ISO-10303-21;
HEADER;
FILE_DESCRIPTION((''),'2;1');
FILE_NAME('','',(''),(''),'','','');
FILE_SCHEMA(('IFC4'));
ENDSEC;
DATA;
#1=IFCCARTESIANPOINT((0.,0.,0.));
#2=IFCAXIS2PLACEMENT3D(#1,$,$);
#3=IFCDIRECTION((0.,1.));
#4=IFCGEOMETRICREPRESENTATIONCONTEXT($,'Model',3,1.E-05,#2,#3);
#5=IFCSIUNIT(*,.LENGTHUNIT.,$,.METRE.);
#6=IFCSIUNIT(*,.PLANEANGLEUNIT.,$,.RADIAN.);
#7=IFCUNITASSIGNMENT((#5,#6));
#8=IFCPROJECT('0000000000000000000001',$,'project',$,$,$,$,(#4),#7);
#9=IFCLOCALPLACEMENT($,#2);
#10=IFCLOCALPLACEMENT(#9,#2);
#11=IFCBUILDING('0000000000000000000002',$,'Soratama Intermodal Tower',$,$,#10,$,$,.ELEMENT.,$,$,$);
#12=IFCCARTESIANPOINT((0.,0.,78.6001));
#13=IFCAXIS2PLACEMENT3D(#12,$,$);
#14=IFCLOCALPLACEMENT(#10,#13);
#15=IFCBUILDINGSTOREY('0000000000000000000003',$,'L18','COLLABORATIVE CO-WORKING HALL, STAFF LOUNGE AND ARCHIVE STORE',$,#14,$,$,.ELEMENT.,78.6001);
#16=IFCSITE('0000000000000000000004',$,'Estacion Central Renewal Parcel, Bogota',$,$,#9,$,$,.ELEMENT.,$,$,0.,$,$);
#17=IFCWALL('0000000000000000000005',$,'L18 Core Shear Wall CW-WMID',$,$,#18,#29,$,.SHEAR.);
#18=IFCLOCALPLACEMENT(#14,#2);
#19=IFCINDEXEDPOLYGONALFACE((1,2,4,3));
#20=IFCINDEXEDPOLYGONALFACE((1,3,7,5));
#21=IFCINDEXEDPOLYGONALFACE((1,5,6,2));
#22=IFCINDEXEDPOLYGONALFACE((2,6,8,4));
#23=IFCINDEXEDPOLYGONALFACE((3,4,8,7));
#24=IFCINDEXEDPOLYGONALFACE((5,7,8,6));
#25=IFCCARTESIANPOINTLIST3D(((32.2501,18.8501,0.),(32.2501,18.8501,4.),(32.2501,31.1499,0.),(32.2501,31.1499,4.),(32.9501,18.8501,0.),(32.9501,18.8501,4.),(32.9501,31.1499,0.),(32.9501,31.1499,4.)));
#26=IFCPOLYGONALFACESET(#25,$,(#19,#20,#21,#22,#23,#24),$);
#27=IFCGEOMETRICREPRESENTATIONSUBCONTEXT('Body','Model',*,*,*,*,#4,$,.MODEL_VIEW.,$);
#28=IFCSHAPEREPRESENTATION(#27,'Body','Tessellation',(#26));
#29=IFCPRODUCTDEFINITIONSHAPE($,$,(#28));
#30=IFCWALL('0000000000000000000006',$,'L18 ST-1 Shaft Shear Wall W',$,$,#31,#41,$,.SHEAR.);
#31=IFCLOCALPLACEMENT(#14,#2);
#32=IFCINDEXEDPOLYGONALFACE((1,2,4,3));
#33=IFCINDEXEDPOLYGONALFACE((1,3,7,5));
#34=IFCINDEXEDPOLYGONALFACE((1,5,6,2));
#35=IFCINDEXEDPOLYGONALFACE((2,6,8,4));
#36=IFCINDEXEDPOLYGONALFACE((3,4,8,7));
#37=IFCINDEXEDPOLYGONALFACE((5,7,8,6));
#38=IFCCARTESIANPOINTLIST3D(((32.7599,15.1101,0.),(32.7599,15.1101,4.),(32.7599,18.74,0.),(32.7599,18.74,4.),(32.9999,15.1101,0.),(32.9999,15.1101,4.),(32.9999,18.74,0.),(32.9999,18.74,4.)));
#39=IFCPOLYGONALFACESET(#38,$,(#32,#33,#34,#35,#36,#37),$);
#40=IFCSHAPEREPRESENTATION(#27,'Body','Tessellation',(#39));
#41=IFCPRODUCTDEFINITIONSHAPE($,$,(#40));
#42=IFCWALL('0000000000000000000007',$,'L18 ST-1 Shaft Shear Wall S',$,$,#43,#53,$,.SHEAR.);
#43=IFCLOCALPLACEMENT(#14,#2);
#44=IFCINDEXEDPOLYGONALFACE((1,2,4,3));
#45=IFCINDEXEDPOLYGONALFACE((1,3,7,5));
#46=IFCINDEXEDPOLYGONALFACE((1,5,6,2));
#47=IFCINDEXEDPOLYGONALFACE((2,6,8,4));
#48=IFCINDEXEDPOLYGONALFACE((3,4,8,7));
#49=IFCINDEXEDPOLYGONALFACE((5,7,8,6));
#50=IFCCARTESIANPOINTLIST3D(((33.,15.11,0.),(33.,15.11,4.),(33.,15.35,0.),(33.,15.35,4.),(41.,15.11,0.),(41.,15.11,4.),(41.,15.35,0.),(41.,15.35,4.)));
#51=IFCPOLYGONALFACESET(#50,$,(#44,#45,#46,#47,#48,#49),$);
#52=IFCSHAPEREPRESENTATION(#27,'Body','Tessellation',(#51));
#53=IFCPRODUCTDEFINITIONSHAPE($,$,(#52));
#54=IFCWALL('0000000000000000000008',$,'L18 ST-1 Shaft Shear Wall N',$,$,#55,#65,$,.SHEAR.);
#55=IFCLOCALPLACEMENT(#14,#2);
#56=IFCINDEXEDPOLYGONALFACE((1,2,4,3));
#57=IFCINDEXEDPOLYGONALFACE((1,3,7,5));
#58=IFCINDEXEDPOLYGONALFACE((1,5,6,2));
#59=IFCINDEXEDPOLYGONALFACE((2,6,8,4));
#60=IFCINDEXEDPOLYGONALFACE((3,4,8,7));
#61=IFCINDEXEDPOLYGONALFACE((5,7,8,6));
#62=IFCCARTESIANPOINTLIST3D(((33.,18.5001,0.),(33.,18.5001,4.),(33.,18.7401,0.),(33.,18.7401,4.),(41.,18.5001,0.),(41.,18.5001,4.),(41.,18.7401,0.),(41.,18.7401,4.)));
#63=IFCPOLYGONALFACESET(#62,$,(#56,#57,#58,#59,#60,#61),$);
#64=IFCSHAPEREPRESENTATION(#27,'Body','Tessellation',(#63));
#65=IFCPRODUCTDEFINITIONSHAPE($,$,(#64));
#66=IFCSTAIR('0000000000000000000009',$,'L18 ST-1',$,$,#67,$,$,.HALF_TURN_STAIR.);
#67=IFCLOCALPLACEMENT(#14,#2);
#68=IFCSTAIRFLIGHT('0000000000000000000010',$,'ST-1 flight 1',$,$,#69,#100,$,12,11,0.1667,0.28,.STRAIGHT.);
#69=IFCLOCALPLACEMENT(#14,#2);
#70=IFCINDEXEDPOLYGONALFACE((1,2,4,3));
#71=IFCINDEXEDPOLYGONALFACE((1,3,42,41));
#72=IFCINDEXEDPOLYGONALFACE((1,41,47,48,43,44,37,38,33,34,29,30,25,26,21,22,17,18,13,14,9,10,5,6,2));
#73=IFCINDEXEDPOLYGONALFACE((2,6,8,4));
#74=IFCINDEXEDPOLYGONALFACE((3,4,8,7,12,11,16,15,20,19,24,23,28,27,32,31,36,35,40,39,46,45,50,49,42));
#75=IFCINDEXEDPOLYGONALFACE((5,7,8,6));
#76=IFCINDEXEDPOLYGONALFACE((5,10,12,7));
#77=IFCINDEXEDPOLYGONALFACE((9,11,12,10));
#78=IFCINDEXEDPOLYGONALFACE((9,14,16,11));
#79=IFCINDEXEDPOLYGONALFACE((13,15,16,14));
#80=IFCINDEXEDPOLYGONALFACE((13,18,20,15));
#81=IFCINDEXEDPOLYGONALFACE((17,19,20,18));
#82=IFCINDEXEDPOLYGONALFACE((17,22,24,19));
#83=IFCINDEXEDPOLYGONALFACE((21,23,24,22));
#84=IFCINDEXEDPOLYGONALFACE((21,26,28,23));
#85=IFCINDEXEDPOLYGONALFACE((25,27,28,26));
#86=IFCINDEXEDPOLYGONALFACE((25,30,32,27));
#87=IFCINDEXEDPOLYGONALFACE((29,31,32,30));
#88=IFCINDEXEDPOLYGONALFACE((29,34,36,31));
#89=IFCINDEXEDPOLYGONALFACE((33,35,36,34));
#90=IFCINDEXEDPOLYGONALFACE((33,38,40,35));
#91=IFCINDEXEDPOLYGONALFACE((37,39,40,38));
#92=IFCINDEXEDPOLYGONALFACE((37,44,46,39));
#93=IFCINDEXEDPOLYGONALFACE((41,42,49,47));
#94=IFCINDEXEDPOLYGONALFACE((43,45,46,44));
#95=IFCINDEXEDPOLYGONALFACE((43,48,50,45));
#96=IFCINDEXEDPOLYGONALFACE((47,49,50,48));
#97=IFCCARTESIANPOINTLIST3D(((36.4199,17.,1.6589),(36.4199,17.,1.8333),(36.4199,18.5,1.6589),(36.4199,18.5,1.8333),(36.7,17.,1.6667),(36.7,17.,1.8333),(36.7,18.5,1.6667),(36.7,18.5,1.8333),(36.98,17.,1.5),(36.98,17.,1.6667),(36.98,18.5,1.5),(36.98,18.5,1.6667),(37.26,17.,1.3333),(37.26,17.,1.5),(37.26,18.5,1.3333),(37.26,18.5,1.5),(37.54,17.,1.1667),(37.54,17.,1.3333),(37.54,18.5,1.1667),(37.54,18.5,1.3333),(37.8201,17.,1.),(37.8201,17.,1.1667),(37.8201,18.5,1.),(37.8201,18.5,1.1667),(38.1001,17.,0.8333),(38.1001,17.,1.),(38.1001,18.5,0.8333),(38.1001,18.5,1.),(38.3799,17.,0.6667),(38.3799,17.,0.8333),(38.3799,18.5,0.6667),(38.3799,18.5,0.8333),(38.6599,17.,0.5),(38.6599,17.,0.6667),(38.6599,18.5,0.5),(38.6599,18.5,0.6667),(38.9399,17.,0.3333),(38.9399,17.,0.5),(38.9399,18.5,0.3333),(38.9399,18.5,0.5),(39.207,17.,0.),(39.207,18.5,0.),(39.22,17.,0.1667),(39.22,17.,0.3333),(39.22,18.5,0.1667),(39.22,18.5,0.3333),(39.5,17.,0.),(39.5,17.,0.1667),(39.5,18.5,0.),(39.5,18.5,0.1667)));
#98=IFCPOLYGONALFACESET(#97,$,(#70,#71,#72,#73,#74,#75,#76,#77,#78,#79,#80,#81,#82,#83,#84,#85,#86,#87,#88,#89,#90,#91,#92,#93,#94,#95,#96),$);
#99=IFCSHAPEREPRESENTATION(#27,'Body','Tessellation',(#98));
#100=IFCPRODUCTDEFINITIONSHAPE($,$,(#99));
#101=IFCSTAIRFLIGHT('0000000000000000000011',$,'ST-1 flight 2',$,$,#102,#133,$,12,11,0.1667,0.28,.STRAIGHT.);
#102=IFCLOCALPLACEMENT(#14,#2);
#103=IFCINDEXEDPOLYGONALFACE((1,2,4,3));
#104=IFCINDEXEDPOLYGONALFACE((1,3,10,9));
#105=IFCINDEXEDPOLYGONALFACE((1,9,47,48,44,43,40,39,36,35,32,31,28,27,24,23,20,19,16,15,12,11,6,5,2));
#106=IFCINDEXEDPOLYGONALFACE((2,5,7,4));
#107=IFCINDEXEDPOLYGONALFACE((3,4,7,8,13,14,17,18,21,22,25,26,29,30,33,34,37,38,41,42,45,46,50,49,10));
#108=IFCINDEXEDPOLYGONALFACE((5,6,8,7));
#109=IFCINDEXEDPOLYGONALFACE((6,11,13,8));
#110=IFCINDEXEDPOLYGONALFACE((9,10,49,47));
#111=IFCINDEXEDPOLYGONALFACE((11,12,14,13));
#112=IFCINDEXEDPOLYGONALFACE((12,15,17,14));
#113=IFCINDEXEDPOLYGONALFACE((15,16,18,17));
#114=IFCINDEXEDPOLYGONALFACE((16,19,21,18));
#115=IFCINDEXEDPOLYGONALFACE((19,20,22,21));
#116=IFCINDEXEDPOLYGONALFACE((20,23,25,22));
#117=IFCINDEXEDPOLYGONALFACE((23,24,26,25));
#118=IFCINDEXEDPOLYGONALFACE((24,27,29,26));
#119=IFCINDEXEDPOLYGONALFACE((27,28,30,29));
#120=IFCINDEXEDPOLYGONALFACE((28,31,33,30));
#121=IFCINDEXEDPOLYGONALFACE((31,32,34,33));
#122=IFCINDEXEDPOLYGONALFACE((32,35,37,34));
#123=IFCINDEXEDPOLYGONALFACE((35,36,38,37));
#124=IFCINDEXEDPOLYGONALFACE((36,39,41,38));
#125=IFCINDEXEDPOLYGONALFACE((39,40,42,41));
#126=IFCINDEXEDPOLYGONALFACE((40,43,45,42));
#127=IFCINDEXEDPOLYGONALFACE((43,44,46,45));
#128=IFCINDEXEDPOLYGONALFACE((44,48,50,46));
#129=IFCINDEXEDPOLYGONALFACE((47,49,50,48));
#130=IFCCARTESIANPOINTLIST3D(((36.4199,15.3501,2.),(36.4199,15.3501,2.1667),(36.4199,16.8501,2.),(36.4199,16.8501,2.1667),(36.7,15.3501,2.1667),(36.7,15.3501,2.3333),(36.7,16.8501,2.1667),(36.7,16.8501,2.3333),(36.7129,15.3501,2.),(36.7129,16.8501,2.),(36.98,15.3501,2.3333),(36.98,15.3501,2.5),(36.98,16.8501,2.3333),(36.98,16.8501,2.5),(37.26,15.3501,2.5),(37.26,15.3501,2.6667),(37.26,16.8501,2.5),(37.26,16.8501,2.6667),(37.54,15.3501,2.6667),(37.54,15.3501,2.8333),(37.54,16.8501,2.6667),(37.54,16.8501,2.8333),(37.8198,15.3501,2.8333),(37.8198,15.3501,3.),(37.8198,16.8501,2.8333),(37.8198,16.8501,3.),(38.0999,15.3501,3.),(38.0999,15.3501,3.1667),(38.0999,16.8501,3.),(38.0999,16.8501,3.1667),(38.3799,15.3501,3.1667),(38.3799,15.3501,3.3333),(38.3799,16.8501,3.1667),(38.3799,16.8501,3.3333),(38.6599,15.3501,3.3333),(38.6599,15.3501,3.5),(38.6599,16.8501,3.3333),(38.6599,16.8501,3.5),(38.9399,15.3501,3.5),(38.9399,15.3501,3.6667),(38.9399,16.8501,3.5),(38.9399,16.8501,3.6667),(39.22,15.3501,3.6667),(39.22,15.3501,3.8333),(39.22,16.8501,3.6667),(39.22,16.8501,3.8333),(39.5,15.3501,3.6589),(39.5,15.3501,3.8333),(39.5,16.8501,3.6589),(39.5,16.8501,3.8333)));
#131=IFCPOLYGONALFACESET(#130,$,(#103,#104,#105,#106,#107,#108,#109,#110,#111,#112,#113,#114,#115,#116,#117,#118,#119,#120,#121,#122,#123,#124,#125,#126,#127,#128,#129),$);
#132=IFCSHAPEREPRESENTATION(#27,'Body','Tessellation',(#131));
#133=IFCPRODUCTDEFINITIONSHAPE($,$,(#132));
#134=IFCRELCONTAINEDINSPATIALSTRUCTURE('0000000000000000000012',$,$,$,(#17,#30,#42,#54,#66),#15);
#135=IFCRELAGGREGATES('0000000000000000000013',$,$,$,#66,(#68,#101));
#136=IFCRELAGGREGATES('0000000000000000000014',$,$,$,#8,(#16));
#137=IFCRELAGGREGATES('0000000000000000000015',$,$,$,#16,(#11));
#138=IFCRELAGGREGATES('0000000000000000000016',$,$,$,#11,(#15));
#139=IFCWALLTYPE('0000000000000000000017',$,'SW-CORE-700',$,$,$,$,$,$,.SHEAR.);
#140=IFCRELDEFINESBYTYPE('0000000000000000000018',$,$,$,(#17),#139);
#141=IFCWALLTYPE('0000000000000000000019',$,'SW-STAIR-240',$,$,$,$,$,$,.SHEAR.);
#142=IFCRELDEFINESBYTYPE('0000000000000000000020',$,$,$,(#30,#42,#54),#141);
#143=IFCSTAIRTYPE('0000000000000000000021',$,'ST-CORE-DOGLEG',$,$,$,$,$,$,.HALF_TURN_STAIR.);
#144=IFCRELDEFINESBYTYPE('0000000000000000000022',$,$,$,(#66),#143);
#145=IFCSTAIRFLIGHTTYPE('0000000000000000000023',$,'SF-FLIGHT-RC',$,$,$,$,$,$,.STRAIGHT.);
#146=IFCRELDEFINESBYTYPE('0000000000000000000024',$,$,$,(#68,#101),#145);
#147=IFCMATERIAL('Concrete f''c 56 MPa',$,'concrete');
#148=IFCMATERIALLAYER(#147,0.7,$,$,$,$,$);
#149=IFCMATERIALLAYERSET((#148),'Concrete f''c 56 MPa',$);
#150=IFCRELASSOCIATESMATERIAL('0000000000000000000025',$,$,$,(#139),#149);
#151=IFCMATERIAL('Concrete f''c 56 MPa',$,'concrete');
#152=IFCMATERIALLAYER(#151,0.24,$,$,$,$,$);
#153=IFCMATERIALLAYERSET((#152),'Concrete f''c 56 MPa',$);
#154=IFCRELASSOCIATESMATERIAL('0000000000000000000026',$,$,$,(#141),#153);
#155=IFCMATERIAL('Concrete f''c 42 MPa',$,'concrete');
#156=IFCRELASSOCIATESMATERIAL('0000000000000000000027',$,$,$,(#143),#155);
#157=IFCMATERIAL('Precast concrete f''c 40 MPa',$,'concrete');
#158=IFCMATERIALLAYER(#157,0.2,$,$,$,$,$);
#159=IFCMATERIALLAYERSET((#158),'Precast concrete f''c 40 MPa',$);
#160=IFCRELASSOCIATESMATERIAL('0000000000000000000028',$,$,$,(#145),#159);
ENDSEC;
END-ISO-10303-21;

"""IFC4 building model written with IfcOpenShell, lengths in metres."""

from ifc_helpers import new_model, si_unit, direction, frame, frame_2d, origin, place, context, subcontext, project, spatial, polyline, rectangle, outline, extrude, material, layer, layer_set, type_object, element, aggregate, save


model = new_model("IFC4")

# Units and contexts
model_context = context("Model", 3, precision=1e-05, world=origin(), true_north=direction((0.0, 1.0)))
body_context = subcontext(model_context, "Body", "Model", "MODEL_VIEW")
ifc_project = project(units=[si_unit("LENGTHUNIT", "METRE"), si_unit("PLANEANGLEUNIT", "RADIAN")], contexts=[model_context])

# Site, building, storey
site_placement = place(None, origin())
site = spatial("IfcSite", under=ifc_project, at=site_placement, Name="Estacion Central Renewal Parcel, Bogota", CompositionType="ELEMENT", RefElevation=0.0)
building_placement = place(site_placement, origin())
building = spatial("IfcBuilding", under=site, at=building_placement, Name="Soratama Intermodal Tower", CompositionType="ELEMENT")
storey_placement = place(building_placement, frame((0.0, 0.0, 78.6001)))
storey = spatial("IfcBuildingStorey", under=building, at=storey_placement, Name="L18", Description="COLLABORATIVE CO-WORKING HALL, STAFF LOUNGE AND ARCHIVE STORE", CompositionType="ELEMENT", Elevation=78.6001)

# Walls
ifc_material_1 = material(Name="Concrete f'c 56 MPa", Category="concrete")
ifc_layer_1 = layer(ifc_material_1, 0.7)
ifc_layer_set_1 = layer_set([ifc_layer_1], Name="Concrete f'c 56 MPa")
wall_type_1 = type_object("IfcWallType", Name="SW-CORE-700", PredefinedType="SHEAR", material=ifc_layer_set_1)
wall_1_placement = place(storey_placement, frame((32.6001, 18.8501, 0.0), z_axis=(0.0, 0.0, 1.0), x_axis=(0.0, 1.0, 0.0)))
element("IfcWall", 1, at=wall_1_placement, inside=storey, type_object=wall_type_1, Name="L18 Core Shear Wall CW-WMID", PredefinedType="SHEAR", context=body_context, shape_type="SweptSolid", body=[
    extrude(rectangle(XDim=12.2998, YDim=0.7, at=frame_2d((6.1499, 0.0))), origin(), (0.0, 0.0, 1.0), 4.0),
])
ifc_material_2 = material(Name="Concrete f'c 56 MPa", Category="concrete")
ifc_layer_2 = layer(ifc_material_2, 0.24)
ifc_layer_set_2 = layer_set([ifc_layer_2], Name="Concrete f'c 56 MPa")
wall_type_2 = type_object("IfcWallType", Name="SW-STAIR-240", PredefinedType="SHEAR", material=ifc_layer_set_2)
wall_2_placement = place(storey_placement, frame((32.8799, 15.1101, 0.0), z_axis=(0.0, 0.0, 1.0), x_axis=(0.0, 1.0, 0.0)))
element("IfcWall", 2, at=wall_2_placement, inside=storey, type_object=wall_type_2, Name="L18 ST-1 Shaft Shear Wall W", PredefinedType="SHEAR", context=body_context, shape_type="SweptSolid", body=[
    extrude(rectangle(XDim=3.6299, YDim=0.24, at=frame_2d((1.8149, 0.0))), origin(), (0.0, 0.0, 1.0), 4.0),
])
for number, where, z_axis, x_axis, name in (
    (3, (33.0, 15.23, 0.0), (0.0, 0.0, 1.0), (1.0, 0.0, 0.0), "L18 ST-1 Shaft Shear Wall S"),
    (4, (33.0, 18.6201, 0.0), (0.0, 0.0, 1.0), (1.0, 0.0, 0.0), "L18 ST-1 Shaft Shear Wall N"),
):
    element("IfcWall", number, at=place(storey_placement, frame(where, z_axis=z_axis, x_axis=x_axis)), inside=storey, type_object=wall_type_2, Name=name, PredefinedType="SHEAR", context=body_context, shape_type="SweptSolid", body=[
        extrude(rectangle(XDim=8.0, YDim=0.24, at=frame_2d((4.0, 0.0))), origin(), (0.0, 0.0, 1.0), 4.0),
    ])

# Stair, stair flights
ifc_material_3 = material(Name="Concrete f'c 42 MPa", Category="concrete")
stair_type = type_object("IfcStairType", Name="ST-CORE-DOGLEG", PredefinedType="HALF_TURN_STAIR", material=ifc_material_3)
stair_placement = place(storey_placement, origin())
stair = element("IfcStair", 5, at=stair_placement, inside=storey, type_object=stair_type, Name="L18 ST-1", PredefinedType="HALF_TURN_STAIR")
ifc_material_4 = material(Name="Precast concrete f'c 40 MPa", Category="concrete")
ifc_layer_3 = layer(ifc_material_4, 0.2)
ifc_layer_set_3 = layer_set([ifc_layer_3], Name="Precast concrete f'c 40 MPa")
stair_flight_type = type_object("IfcStairFlightType", Name="SF-FLIGHT-RC", PredefinedType="STRAIGHT", material=ifc_layer_set_3)
stair_flight_1_placement = place(storey_placement, frame((39.5, 17.75, 0.0), z_axis=(0.0, 0.0, 1.0), x_axis=(-1.0, 0.0, 0.0)))
stair_flight_1 = element("IfcStairFlight", 6, at=stair_flight_1_placement, type_object=stair_flight_type, Name="ST-1 flight 1", NumberOfRisers=12, NumberOfTreads=11, PredefinedType="STRAIGHT", RiserHeight=0.1667, TreadLength=0.28, context=body_context, shape_type="SweptSolid", body=[
    extrude(outline(polyline([(0.0, 0.0), (0.0, 0.1667), (0.28, 0.1667), (0.28, 0.3333), (0.5601, 0.3333), (0.5601, 0.5), (0.8401, 0.5), (0.8401, 0.6667), (1.1201, 0.6667), (1.1201, 0.8333), (1.3999, 0.8333), (1.3999, 1.0), (1.6799, 1.0), (1.6799, 1.1667), (1.96, 1.1667), (1.96, 1.3333), (2.24, 1.3333), (2.24, 1.5), (2.52, 1.5), (2.52, 1.6667), (2.8, 1.6667), (2.8, 1.8333), (3.0801, 1.8333), (3.0801, 2.0), (3.0801, 1.6589), (0.293, 0.0), (0.0, 0.0)])), frame((0.0, 0.75, 0.0), z_axis=(0.0, -1.0, 0.0), x_axis=(1.0, 0.0, 0.0)), (0.0, 0.0, 1.0), 1.5),
])
stair_flight_2_placement = place(storey_placement, frame((36.4199, 16.1001, 2.0), z_axis=(0.0, 0.0, 1.0), x_axis=(1.0, 0.0, 0.0)))
stair_flight_2 = element("IfcStairFlight", 7, at=stair_flight_2_placement, type_object=stair_flight_type, Name="ST-1 flight 2", NumberOfRisers=12, NumberOfTreads=11, PredefinedType="STRAIGHT", RiserHeight=0.1667, TreadLength=0.28, context=body_context, shape_type="SweptSolid", body=[
    extrude(outline(polyline([(0.0, 0.0), (0.0, 0.1667), (0.28, 0.1667), (0.28, 0.3333), (0.5601, 0.3333), (0.5601, 0.5), (0.8401, 0.5), (0.8401, 0.6667), (1.1201, 0.6667), (1.1201, 0.8333), (1.3999, 0.8333), (1.3999, 1.0), (1.6799, 1.0), (1.6799, 1.1667), (1.96, 1.1667), (1.96, 1.3333), (2.24, 1.3333), (2.24, 1.5), (2.52, 1.5), (2.52, 1.6667), (2.8, 1.6667), (2.8, 1.8333), (3.0801, 1.8333), (3.0801, 2.0), (3.0801, 1.6589), (0.293, 0.0), (0.0, 0.0)])), frame((0.0, 0.75, 0.0), z_axis=(0.0, -1.0, 0.0), x_axis=(1.0, 0.0, 0.0)), (0.0, 0.0, 1.0), 1.5),
])
aggregate(stair, [stair_flight_1, stair_flight_2])

save(model, "model.ifc")
